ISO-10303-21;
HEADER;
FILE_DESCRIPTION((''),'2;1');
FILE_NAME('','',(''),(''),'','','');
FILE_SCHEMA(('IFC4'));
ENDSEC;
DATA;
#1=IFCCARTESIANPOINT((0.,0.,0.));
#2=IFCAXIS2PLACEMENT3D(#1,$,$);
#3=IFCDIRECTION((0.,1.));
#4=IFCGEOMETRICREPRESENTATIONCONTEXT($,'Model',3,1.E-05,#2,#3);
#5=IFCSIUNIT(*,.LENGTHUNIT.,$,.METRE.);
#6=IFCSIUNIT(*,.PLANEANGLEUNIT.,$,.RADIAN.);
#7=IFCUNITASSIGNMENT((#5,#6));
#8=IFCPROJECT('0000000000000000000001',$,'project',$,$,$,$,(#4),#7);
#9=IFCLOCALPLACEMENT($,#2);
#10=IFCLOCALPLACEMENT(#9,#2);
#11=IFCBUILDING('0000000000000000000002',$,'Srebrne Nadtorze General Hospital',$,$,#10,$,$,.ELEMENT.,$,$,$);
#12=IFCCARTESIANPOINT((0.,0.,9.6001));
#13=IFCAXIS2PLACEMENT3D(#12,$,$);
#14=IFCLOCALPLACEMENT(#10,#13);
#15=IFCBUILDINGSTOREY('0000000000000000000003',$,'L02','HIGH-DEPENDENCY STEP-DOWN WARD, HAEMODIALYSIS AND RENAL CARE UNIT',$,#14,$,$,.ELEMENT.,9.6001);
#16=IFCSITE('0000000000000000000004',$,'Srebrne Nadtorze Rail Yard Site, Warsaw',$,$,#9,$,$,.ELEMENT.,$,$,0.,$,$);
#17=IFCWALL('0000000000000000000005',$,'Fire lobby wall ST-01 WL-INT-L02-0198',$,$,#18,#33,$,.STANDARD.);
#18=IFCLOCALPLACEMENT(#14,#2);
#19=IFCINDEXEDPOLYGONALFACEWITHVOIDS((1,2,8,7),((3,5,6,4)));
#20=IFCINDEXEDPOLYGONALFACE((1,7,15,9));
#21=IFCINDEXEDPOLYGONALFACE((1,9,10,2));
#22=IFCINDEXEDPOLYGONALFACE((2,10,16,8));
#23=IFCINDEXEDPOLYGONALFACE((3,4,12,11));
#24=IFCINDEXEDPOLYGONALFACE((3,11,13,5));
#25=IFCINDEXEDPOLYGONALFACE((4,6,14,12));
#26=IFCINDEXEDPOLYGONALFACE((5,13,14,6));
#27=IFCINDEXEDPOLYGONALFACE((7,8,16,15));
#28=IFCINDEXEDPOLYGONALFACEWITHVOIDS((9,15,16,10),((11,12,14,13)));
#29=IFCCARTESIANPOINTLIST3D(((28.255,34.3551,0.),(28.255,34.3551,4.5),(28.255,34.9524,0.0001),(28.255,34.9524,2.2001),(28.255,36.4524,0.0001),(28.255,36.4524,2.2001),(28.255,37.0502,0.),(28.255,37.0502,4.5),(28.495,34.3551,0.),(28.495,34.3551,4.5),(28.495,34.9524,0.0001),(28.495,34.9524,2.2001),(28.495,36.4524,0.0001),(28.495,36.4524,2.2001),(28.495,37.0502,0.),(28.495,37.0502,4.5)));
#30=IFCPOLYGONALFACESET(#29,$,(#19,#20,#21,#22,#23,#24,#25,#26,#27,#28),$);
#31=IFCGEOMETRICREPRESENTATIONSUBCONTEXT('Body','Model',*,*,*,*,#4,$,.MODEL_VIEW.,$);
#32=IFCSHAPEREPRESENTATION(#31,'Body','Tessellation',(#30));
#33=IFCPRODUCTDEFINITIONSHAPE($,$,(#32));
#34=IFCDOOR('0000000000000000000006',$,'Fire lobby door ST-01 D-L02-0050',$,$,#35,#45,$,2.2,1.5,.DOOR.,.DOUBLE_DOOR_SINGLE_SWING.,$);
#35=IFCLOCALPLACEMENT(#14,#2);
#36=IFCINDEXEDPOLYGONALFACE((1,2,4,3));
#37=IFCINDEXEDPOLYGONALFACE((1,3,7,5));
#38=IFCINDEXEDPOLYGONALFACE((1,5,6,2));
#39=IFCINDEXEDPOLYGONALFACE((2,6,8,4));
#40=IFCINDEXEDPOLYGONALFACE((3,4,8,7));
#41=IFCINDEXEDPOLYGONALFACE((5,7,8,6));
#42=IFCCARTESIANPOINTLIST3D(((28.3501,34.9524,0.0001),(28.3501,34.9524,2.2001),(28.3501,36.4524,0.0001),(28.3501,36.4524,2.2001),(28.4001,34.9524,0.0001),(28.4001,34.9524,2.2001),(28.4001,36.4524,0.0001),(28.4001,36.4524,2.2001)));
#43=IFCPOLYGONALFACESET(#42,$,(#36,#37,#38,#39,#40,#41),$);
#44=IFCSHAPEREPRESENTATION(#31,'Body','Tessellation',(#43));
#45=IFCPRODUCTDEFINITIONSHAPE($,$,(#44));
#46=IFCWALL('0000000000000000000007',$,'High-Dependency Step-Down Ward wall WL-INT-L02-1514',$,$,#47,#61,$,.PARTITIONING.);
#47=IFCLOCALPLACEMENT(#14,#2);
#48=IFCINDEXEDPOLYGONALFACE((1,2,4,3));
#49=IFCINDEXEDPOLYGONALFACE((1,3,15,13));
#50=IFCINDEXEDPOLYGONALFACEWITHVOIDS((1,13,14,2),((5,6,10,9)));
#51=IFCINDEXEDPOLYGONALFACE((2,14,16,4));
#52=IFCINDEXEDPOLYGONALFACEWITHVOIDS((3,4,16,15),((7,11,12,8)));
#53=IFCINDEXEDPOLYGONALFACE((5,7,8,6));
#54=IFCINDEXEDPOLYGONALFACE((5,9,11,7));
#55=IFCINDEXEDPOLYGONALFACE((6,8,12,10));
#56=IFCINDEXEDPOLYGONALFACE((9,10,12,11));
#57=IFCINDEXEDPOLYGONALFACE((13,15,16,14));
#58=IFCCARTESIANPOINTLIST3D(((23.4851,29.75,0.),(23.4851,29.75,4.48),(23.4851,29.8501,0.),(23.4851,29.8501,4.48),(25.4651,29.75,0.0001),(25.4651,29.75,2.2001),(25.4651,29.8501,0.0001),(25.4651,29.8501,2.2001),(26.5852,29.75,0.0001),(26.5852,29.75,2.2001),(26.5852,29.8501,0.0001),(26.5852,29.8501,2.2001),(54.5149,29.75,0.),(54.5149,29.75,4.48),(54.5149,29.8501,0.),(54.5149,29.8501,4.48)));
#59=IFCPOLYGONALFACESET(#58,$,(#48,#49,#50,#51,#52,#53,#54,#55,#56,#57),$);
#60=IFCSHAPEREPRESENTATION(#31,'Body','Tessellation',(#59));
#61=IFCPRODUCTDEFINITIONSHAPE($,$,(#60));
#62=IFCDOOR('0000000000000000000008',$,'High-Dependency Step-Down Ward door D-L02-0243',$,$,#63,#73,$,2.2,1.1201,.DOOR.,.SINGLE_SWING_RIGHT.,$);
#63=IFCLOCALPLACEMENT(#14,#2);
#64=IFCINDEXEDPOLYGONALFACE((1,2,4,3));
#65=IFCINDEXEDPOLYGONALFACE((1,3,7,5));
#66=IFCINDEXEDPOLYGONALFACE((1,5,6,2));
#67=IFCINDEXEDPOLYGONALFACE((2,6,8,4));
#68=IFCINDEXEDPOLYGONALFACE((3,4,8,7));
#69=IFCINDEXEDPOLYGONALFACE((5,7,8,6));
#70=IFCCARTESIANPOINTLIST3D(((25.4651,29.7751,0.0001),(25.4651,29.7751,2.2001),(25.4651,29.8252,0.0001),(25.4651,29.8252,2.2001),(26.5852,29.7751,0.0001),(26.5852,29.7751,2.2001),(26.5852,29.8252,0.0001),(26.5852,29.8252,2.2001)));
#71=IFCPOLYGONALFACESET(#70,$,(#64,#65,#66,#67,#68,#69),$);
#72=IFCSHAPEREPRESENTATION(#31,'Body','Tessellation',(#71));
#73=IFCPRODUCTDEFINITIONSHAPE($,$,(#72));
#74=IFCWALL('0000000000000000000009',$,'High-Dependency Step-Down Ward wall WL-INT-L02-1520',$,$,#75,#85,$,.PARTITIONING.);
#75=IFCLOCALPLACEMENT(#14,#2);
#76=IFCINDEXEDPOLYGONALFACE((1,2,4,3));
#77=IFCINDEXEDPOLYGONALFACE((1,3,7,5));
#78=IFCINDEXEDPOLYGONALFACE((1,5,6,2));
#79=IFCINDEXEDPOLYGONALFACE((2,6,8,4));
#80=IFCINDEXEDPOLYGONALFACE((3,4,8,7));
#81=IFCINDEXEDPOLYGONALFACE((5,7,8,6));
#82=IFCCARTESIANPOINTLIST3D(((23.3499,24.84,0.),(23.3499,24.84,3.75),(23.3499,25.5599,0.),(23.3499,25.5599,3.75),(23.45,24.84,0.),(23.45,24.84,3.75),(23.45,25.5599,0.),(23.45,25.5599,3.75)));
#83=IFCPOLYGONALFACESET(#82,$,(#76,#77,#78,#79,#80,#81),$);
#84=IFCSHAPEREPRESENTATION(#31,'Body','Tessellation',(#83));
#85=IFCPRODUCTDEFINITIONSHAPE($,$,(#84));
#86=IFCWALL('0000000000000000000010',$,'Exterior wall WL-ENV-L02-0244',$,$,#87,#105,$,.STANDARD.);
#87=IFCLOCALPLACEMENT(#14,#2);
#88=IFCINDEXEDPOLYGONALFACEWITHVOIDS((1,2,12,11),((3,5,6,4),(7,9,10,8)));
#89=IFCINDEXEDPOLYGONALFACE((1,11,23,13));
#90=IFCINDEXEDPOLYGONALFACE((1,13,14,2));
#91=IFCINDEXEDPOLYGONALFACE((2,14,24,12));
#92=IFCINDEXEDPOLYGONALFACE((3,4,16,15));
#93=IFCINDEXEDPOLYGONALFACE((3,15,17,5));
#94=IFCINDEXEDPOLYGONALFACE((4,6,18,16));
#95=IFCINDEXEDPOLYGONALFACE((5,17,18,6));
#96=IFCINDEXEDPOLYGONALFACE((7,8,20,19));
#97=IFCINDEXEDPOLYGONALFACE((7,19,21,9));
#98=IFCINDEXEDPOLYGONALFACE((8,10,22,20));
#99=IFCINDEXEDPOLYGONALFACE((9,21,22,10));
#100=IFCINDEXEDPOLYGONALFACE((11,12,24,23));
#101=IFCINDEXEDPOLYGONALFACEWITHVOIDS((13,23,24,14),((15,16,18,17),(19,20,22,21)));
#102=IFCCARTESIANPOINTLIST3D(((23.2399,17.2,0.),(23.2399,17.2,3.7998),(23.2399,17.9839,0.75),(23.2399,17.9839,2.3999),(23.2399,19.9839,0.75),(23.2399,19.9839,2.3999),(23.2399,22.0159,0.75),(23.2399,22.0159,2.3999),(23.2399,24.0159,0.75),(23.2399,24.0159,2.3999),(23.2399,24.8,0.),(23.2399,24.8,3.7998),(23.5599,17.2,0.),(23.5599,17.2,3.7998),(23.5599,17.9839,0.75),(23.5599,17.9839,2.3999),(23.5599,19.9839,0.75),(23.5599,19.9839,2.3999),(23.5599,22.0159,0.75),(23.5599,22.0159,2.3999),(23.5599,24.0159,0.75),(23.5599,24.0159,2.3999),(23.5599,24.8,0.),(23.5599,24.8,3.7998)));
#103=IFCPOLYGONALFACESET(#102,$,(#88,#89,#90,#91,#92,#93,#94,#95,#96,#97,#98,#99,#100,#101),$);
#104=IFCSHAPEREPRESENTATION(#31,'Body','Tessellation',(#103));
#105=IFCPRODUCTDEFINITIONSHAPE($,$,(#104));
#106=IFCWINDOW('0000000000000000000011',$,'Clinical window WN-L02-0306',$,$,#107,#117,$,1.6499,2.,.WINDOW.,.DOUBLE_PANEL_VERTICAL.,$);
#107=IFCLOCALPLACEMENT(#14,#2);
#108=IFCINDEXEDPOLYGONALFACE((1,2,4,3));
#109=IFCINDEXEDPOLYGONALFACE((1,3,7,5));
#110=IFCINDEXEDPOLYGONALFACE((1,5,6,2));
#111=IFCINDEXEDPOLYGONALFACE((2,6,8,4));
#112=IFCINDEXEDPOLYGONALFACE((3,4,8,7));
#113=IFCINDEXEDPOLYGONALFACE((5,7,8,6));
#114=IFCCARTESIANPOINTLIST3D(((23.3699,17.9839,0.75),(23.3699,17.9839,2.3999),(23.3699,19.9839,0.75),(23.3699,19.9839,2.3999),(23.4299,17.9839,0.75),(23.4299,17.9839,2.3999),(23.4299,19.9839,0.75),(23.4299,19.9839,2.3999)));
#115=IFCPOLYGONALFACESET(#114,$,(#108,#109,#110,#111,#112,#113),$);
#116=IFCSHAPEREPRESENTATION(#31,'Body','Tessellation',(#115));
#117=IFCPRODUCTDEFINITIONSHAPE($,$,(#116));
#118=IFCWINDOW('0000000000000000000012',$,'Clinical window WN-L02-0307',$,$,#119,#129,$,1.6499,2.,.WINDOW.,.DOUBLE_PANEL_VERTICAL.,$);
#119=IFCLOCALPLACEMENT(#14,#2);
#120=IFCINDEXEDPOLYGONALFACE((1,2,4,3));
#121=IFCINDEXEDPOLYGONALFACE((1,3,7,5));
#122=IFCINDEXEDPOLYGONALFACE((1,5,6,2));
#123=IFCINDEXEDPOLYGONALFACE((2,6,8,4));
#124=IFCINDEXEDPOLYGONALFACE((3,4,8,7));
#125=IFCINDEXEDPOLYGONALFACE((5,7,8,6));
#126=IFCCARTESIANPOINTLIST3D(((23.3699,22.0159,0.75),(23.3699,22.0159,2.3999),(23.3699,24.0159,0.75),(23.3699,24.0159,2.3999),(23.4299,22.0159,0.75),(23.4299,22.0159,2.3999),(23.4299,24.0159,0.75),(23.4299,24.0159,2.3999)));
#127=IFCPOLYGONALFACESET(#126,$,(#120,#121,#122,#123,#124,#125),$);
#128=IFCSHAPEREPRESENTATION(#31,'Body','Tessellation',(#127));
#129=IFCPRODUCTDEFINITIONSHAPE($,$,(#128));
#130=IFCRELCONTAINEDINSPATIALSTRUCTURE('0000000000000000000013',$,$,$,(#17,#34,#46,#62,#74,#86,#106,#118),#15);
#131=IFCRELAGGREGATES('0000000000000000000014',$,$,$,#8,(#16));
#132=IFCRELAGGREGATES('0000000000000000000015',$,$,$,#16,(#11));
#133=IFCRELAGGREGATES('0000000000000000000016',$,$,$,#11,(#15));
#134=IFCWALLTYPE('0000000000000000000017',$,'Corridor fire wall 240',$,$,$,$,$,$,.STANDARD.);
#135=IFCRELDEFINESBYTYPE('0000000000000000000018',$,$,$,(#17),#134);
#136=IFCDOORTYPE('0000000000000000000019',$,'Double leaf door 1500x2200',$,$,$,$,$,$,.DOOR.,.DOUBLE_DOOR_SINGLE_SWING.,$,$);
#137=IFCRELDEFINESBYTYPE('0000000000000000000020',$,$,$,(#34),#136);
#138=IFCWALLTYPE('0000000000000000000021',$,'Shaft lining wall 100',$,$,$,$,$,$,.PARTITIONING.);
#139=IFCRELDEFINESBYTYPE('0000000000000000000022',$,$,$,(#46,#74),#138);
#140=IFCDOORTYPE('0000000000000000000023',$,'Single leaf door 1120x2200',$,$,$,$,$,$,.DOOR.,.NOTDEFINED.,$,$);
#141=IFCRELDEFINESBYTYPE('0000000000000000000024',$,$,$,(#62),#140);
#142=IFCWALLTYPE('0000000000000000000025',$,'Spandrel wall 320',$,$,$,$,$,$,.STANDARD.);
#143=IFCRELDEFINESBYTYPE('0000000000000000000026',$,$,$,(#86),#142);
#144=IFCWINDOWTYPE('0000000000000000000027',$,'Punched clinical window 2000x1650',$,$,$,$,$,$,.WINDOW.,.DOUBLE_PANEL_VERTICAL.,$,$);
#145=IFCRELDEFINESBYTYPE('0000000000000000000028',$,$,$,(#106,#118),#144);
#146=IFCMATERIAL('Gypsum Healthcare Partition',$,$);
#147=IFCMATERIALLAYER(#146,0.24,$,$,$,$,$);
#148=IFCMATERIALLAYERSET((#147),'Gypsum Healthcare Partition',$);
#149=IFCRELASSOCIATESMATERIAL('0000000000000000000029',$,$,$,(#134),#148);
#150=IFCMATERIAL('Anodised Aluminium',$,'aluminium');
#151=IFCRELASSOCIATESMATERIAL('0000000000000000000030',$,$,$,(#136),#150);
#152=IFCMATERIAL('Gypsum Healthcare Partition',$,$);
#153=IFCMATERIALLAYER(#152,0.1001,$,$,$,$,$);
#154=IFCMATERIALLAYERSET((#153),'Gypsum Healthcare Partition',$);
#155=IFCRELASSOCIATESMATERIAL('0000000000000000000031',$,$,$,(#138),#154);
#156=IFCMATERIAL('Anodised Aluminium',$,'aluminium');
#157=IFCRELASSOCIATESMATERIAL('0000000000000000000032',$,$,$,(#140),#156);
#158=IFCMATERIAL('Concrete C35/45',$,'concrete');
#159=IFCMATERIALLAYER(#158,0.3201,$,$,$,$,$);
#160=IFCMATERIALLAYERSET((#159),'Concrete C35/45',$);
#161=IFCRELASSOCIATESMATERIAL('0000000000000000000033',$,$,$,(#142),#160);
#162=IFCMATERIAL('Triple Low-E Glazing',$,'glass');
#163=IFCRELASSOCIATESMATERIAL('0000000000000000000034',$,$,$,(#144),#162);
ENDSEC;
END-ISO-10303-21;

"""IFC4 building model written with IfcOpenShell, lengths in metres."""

from ifc_helpers import new_model, si_unit, direction, frame, frame_2d, origin, place, context, subcontext, project, spatial, rectangle, extrude, material, layer, layer_set, type_object, element, fill, save


model = new_model("IFC4")

# Units and contexts
model_context = context("Model", 3, precision=1e-05, world=origin(), true_north=direction((0.0, 1.0)))
body_context = subcontext(model_context, "Body", "Model", "MODEL_VIEW")
ifc_project = project(units=[si_unit("LENGTHUNIT", "METRE"), si_unit("PLANEANGLEUNIT", "RADIAN")], contexts=[model_context])

# Site, building, storey
site_placement = place(None, origin())
site = spatial("IfcSite", under=ifc_project, at=site_placement, Name="Srebrne Nadtorze Rail Yard Site, Warsaw", CompositionType="ELEMENT", RefElevation=0.0)
building_placement = place(site_placement, origin())
building = spatial("IfcBuilding", under=site, at=building_placement, Name="Srebrne Nadtorze General Hospital", CompositionType="ELEMENT")
storey_placement = place(building_placement, frame((0.0, 0.0, 9.6001)))
storey = spatial("IfcBuildingStorey", under=building, at=storey_placement, Name="L02", Description="HIGH-DEPENDENCY STEP-DOWN WARD, HAEMODIALYSIS AND RENAL CARE UNIT", CompositionType="ELEMENT", Elevation=9.6001)

# Shared definitions
ifc_material_1 = material(Name="Gypsum Healthcare Partition")
ifc_layer_1 = layer(ifc_material_1, 0.24)
ifc_layer_set_1 = layer_set([ifc_layer_1], Name="Gypsum Healthcare Partition")
wall_type_1 = type_object("IfcWallType", Name="Corridor fire wall 240", PredefinedType="STANDARD", material=ifc_layer_set_1)

# Walls, openings, doors
wall_1_placement = place(storey_placement, frame((28.375, 34.355, 0.0), z_axis=(0.0, 0.0, 1.0), x_axis=(0.0, 1.0, 0.0)))
wall_1 = element("IfcWall", 1, at=wall_1_placement, inside=storey, type_object=wall_type_1, Name="Fire lobby wall ST-01 WL-INT-L02-0198", PredefinedType="STANDARD", context=body_context, shape_type="SweptSolid", body=[
    extrude(rectangle(XDim=2.6951, YDim=0.24, at=frame_2d((1.3477, 0.0))), origin(), (0.0, 0.0, 1.0), 4.5),
])
opening_1_placement = place(wall_1_placement, frame((0.5974, 0.0, 0.0)))
opening_1 = element("IfcOpeningElement", 2, at=opening_1_placement, cuts=wall_1, PredefinedType="OPENING", context=body_context, shape_type="SweptSolid", body=[
    extrude(rectangle(XDim=1.5, YDim=2.2, at=frame_2d((0.75, 1.1001))), frame((0.0, 0.1318, 0.0), z_axis=(0.0, -1.0, 0.0), x_axis=(1.0, 0.0, 0.0)), (0.0, 0.0, 1.0), 0.2639),
])
ifc_material_2 = material(Name="Anodised Aluminium", Category="aluminium")
door_type_1 = type_object("IfcDoorType", Name="Double leaf door 1500x2200", OperationType="DOUBLE_DOOR_SINGLE_SWING", PredefinedType="DOOR", material=ifc_material_2)
door_1_placement = place(opening_1_placement, origin())
door_1 = element("IfcDoor", 3, at=door_1_placement, inside=storey, type_object=door_type_1, Name="Fire lobby door ST-01 D-L02-0050", OperationType="DOUBLE_DOOR_SINGLE_SWING", OverallHeight=2.2, OverallWidth=1.5, PredefinedType="DOOR", context=body_context, shape_type="SweptSolid", body=[
    extrude(rectangle(XDim=1.5, YDim=2.2, at=frame_2d((0.75, 1.1001))), frame((0.0, 0.0249, 0.0), z_axis=(0.0, -1.0, 0.0), x_axis=(1.0, 0.0, 0.0)), (0.0, 0.0, 1.0), 0.05),
])
fill(opening_1, door_1)
ifc_material_3 = material(Name="Gypsum Healthcare Partition")
ifc_layer_2 = layer(ifc_material_3, 0.1001)
ifc_layer_set_2 = layer_set([ifc_layer_2], Name="Gypsum Healthcare Partition")
wall_type_2 = type_object("IfcWallType", Name="Shaft lining wall 100", PredefinedType="PARTITIONING", material=ifc_layer_set_2)
wall_2_placement = place(storey_placement, frame((23.4851, 29.8, 0.0), z_axis=(0.0, 0.0, 1.0), x_axis=(1.0, 0.0, 0.0)))
wall_2 = element("IfcWall", 4, at=wall_2_placement, inside=storey, type_object=wall_type_2, Name="High-Dependency Step-Down Ward wall WL-INT-L02-1514", PredefinedType="PARTITIONING", context=body_context, shape_type="SweptSolid", body=[
    extrude(rectangle(XDim=31.0298, YDim=0.1001, at=frame_2d((15.5149, 0.0))), origin(), (0.0, 0.0, 1.0), 4.48),
])
opening_2_placement = place(wall_2_placement, frame((1.98, 0.0, 0.0)))
opening_2 = element("IfcOpeningElement", 5, at=opening_2_placement, cuts=wall_2, PredefinedType="OPENING", context=body_context, shape_type="SweptSolid", body=[
    extrude(rectangle(XDim=1.1201, YDim=2.2, at=frame_2d((0.5601, 1.1001))), frame((0.0, 0.062, 0.0), z_axis=(0.0, -1.0, 0.0), x_axis=(1.0, 0.0, 0.0)), (0.0, 0.0, 1.0), 0.124),
])
ifc_material_4 = material(Name="Anodised Aluminium", Category="aluminium")
door_type_2 = type_object("IfcDoorType", Name="Single leaf door 1120x2200", OperationType="NOTDEFINED", PredefinedType="DOOR", material=ifc_material_4)
door_2_placement = place(opening_2_placement, frame((1.1201, 0.0, 0.0), z_axis=(0.0, 0.0, 1.0), x_axis=(-1.0, 0.0, 0.0)))
door_2 = element("IfcDoor", 6, at=door_2_placement, inside=storey, type_object=door_type_2, Name="High-Dependency Step-Down Ward door D-L02-0243", OperationType="SINGLE_SWING_RIGHT", OverallHeight=2.2, OverallWidth=1.1201, PredefinedType="DOOR", context=body_context, shape_type="SweptSolid", body=[
    extrude(rectangle(XDim=1.1201, YDim=2.2, at=frame_2d((0.5601, 1.1001))), frame((0.0, 0.0249, 0.0), z_axis=(0.0, -1.0, 0.0), x_axis=(1.0, 0.0, 0.0)), (0.0, 0.0, 1.0), 0.05),
])
fill(opening_2, door_2)

# Wall
wall_3_placement = place(storey_placement, frame((23.3999, 24.8401, 0.0), z_axis=(0.0, 0.0, 1.0), x_axis=(0.0, 1.0, 0.0)))
element("IfcWall", 7, at=wall_3_placement, inside=storey, type_object=wall_type_2, Name="High-Dependency Step-Down Ward wall WL-INT-L02-1520", PredefinedType="PARTITIONING", context=body_context, shape_type="SweptSolid", body=[
    extrude(rectangle(XDim=0.72, YDim=0.1001, at=frame_2d((0.3599, 0.0))), origin(), (0.0, 0.0, 1.0), 3.75),
])

# Wall, openings, windows
ifc_material_5 = material(Name="Concrete C35/45", Category="concrete")
ifc_layer_3 = layer(ifc_material_5, 0.3201)
ifc_layer_set_3 = layer_set([ifc_layer_3], Name="Concrete C35/45")
wall_type_3 = type_object("IfcWallType", Name="Spandrel wall 320", PredefinedType="STANDARD", material=ifc_layer_set_3)
wall_4_placement = place(storey_placement, frame((23.3999, 17.2, 0.0), z_axis=(0.0, 0.0, 1.0), x_axis=(0.0, 1.0, 0.0)))
wall_4 = element("IfcWall", 8, at=wall_4_placement, inside=storey, type_object=wall_type_3, Name="Exterior wall WL-ENV-L02-0244", PredefinedType="STANDARD", context=body_context, shape_type="SweptSolid", body=[
    extrude(rectangle(XDim=7.6001, YDim=0.3201, at=frame_2d((3.8, 0.0))), origin(), (0.0, 0.0, 1.0), 3.7998),
])
opening_3_placement = place(wall_4_placement, frame((0.7839, 0.0, 0.75)))
opening_3 = element("IfcOpeningElement", 9, at=opening_3_placement, cuts=wall_4, PredefinedType="OPENING", context=body_context, shape_type="SweptSolid", body=[
    extrude(rectangle(XDim=2.0, YDim=1.6499, at=frame_2d((1.0, 0.825))), frame((0.0, 0.1719, 0.0), z_axis=(0.0, -1.0, 0.0), x_axis=(1.0, 0.0, 0.0)), (0.0, 0.0, 1.0), 0.344),
])
opening_4_placement = place(wall_4_placement, frame((4.8159, 0.0, 0.75)))
opening_4 = element("IfcOpeningElement", 10, at=opening_4_placement, cuts=wall_4, PredefinedType="OPENING", context=body_context, shape_type="SweptSolid", body=[
    extrude(rectangle(XDim=2.0, YDim=1.6499, at=frame_2d((1.0, 0.825))), frame((0.0, 0.1719, 0.0), z_axis=(0.0, -1.0, 0.0), x_axis=(1.0, 0.0, 0.0)), (0.0, 0.0, 1.0), 0.344),
])
ifc_material_6 = material(Name="Triple Low-E Glazing", Category="glass")
window_type_1 = type_object("IfcWindowType", Name="Punched clinical window 2000x1650", PartitioningType="DOUBLE_PANEL_VERTICAL", PredefinedType="WINDOW", material=ifc_material_6)
window_1_placement = place(opening_3_placement, origin())
window_1 = element("IfcWindow", 11, at=window_1_placement, inside=storey, type_object=window_type_1, Name="Clinical window WN-L02-0306", OverallHeight=1.6499, OverallWidth=2.0, PartitioningType="DOUBLE_PANEL_VERTICAL", PredefinedType="WINDOW", context=body_context, shape_type="SweptSolid", body=[
    extrude(rectangle(XDim=2.0, YDim=1.6499, at=frame_2d((1.0, 0.825))), frame((0.0, 0.03, 0.0), z_axis=(0.0, -1.0, 0.0), x_axis=(1.0, 0.0, 0.0)), (0.0, 0.0, 1.0), 0.0601),
])
fill(opening_3, window_1)
window_2_placement = place(opening_4_placement, origin())
window_2 = element("IfcWindow", 12, at=window_2_placement, inside=storey, type_object=window_type_1, Name="Clinical window WN-L02-0307", OverallHeight=1.6499, OverallWidth=2.0, PartitioningType="DOUBLE_PANEL_VERTICAL", PredefinedType="WINDOW", context=body_context, shape_type="SweptSolid", body=[
    extrude(rectangle(XDim=2.0, YDim=1.6499, at=frame_2d((1.0, 0.825))), frame((0.0, 0.03, 0.0), z_axis=(0.0, -1.0, 0.0), x_axis=(1.0, 0.0, 0.0)), (0.0, 0.0, 1.0), 0.0601),
])
fill(opening_4, window_2)

save(model, "model.ifc")
